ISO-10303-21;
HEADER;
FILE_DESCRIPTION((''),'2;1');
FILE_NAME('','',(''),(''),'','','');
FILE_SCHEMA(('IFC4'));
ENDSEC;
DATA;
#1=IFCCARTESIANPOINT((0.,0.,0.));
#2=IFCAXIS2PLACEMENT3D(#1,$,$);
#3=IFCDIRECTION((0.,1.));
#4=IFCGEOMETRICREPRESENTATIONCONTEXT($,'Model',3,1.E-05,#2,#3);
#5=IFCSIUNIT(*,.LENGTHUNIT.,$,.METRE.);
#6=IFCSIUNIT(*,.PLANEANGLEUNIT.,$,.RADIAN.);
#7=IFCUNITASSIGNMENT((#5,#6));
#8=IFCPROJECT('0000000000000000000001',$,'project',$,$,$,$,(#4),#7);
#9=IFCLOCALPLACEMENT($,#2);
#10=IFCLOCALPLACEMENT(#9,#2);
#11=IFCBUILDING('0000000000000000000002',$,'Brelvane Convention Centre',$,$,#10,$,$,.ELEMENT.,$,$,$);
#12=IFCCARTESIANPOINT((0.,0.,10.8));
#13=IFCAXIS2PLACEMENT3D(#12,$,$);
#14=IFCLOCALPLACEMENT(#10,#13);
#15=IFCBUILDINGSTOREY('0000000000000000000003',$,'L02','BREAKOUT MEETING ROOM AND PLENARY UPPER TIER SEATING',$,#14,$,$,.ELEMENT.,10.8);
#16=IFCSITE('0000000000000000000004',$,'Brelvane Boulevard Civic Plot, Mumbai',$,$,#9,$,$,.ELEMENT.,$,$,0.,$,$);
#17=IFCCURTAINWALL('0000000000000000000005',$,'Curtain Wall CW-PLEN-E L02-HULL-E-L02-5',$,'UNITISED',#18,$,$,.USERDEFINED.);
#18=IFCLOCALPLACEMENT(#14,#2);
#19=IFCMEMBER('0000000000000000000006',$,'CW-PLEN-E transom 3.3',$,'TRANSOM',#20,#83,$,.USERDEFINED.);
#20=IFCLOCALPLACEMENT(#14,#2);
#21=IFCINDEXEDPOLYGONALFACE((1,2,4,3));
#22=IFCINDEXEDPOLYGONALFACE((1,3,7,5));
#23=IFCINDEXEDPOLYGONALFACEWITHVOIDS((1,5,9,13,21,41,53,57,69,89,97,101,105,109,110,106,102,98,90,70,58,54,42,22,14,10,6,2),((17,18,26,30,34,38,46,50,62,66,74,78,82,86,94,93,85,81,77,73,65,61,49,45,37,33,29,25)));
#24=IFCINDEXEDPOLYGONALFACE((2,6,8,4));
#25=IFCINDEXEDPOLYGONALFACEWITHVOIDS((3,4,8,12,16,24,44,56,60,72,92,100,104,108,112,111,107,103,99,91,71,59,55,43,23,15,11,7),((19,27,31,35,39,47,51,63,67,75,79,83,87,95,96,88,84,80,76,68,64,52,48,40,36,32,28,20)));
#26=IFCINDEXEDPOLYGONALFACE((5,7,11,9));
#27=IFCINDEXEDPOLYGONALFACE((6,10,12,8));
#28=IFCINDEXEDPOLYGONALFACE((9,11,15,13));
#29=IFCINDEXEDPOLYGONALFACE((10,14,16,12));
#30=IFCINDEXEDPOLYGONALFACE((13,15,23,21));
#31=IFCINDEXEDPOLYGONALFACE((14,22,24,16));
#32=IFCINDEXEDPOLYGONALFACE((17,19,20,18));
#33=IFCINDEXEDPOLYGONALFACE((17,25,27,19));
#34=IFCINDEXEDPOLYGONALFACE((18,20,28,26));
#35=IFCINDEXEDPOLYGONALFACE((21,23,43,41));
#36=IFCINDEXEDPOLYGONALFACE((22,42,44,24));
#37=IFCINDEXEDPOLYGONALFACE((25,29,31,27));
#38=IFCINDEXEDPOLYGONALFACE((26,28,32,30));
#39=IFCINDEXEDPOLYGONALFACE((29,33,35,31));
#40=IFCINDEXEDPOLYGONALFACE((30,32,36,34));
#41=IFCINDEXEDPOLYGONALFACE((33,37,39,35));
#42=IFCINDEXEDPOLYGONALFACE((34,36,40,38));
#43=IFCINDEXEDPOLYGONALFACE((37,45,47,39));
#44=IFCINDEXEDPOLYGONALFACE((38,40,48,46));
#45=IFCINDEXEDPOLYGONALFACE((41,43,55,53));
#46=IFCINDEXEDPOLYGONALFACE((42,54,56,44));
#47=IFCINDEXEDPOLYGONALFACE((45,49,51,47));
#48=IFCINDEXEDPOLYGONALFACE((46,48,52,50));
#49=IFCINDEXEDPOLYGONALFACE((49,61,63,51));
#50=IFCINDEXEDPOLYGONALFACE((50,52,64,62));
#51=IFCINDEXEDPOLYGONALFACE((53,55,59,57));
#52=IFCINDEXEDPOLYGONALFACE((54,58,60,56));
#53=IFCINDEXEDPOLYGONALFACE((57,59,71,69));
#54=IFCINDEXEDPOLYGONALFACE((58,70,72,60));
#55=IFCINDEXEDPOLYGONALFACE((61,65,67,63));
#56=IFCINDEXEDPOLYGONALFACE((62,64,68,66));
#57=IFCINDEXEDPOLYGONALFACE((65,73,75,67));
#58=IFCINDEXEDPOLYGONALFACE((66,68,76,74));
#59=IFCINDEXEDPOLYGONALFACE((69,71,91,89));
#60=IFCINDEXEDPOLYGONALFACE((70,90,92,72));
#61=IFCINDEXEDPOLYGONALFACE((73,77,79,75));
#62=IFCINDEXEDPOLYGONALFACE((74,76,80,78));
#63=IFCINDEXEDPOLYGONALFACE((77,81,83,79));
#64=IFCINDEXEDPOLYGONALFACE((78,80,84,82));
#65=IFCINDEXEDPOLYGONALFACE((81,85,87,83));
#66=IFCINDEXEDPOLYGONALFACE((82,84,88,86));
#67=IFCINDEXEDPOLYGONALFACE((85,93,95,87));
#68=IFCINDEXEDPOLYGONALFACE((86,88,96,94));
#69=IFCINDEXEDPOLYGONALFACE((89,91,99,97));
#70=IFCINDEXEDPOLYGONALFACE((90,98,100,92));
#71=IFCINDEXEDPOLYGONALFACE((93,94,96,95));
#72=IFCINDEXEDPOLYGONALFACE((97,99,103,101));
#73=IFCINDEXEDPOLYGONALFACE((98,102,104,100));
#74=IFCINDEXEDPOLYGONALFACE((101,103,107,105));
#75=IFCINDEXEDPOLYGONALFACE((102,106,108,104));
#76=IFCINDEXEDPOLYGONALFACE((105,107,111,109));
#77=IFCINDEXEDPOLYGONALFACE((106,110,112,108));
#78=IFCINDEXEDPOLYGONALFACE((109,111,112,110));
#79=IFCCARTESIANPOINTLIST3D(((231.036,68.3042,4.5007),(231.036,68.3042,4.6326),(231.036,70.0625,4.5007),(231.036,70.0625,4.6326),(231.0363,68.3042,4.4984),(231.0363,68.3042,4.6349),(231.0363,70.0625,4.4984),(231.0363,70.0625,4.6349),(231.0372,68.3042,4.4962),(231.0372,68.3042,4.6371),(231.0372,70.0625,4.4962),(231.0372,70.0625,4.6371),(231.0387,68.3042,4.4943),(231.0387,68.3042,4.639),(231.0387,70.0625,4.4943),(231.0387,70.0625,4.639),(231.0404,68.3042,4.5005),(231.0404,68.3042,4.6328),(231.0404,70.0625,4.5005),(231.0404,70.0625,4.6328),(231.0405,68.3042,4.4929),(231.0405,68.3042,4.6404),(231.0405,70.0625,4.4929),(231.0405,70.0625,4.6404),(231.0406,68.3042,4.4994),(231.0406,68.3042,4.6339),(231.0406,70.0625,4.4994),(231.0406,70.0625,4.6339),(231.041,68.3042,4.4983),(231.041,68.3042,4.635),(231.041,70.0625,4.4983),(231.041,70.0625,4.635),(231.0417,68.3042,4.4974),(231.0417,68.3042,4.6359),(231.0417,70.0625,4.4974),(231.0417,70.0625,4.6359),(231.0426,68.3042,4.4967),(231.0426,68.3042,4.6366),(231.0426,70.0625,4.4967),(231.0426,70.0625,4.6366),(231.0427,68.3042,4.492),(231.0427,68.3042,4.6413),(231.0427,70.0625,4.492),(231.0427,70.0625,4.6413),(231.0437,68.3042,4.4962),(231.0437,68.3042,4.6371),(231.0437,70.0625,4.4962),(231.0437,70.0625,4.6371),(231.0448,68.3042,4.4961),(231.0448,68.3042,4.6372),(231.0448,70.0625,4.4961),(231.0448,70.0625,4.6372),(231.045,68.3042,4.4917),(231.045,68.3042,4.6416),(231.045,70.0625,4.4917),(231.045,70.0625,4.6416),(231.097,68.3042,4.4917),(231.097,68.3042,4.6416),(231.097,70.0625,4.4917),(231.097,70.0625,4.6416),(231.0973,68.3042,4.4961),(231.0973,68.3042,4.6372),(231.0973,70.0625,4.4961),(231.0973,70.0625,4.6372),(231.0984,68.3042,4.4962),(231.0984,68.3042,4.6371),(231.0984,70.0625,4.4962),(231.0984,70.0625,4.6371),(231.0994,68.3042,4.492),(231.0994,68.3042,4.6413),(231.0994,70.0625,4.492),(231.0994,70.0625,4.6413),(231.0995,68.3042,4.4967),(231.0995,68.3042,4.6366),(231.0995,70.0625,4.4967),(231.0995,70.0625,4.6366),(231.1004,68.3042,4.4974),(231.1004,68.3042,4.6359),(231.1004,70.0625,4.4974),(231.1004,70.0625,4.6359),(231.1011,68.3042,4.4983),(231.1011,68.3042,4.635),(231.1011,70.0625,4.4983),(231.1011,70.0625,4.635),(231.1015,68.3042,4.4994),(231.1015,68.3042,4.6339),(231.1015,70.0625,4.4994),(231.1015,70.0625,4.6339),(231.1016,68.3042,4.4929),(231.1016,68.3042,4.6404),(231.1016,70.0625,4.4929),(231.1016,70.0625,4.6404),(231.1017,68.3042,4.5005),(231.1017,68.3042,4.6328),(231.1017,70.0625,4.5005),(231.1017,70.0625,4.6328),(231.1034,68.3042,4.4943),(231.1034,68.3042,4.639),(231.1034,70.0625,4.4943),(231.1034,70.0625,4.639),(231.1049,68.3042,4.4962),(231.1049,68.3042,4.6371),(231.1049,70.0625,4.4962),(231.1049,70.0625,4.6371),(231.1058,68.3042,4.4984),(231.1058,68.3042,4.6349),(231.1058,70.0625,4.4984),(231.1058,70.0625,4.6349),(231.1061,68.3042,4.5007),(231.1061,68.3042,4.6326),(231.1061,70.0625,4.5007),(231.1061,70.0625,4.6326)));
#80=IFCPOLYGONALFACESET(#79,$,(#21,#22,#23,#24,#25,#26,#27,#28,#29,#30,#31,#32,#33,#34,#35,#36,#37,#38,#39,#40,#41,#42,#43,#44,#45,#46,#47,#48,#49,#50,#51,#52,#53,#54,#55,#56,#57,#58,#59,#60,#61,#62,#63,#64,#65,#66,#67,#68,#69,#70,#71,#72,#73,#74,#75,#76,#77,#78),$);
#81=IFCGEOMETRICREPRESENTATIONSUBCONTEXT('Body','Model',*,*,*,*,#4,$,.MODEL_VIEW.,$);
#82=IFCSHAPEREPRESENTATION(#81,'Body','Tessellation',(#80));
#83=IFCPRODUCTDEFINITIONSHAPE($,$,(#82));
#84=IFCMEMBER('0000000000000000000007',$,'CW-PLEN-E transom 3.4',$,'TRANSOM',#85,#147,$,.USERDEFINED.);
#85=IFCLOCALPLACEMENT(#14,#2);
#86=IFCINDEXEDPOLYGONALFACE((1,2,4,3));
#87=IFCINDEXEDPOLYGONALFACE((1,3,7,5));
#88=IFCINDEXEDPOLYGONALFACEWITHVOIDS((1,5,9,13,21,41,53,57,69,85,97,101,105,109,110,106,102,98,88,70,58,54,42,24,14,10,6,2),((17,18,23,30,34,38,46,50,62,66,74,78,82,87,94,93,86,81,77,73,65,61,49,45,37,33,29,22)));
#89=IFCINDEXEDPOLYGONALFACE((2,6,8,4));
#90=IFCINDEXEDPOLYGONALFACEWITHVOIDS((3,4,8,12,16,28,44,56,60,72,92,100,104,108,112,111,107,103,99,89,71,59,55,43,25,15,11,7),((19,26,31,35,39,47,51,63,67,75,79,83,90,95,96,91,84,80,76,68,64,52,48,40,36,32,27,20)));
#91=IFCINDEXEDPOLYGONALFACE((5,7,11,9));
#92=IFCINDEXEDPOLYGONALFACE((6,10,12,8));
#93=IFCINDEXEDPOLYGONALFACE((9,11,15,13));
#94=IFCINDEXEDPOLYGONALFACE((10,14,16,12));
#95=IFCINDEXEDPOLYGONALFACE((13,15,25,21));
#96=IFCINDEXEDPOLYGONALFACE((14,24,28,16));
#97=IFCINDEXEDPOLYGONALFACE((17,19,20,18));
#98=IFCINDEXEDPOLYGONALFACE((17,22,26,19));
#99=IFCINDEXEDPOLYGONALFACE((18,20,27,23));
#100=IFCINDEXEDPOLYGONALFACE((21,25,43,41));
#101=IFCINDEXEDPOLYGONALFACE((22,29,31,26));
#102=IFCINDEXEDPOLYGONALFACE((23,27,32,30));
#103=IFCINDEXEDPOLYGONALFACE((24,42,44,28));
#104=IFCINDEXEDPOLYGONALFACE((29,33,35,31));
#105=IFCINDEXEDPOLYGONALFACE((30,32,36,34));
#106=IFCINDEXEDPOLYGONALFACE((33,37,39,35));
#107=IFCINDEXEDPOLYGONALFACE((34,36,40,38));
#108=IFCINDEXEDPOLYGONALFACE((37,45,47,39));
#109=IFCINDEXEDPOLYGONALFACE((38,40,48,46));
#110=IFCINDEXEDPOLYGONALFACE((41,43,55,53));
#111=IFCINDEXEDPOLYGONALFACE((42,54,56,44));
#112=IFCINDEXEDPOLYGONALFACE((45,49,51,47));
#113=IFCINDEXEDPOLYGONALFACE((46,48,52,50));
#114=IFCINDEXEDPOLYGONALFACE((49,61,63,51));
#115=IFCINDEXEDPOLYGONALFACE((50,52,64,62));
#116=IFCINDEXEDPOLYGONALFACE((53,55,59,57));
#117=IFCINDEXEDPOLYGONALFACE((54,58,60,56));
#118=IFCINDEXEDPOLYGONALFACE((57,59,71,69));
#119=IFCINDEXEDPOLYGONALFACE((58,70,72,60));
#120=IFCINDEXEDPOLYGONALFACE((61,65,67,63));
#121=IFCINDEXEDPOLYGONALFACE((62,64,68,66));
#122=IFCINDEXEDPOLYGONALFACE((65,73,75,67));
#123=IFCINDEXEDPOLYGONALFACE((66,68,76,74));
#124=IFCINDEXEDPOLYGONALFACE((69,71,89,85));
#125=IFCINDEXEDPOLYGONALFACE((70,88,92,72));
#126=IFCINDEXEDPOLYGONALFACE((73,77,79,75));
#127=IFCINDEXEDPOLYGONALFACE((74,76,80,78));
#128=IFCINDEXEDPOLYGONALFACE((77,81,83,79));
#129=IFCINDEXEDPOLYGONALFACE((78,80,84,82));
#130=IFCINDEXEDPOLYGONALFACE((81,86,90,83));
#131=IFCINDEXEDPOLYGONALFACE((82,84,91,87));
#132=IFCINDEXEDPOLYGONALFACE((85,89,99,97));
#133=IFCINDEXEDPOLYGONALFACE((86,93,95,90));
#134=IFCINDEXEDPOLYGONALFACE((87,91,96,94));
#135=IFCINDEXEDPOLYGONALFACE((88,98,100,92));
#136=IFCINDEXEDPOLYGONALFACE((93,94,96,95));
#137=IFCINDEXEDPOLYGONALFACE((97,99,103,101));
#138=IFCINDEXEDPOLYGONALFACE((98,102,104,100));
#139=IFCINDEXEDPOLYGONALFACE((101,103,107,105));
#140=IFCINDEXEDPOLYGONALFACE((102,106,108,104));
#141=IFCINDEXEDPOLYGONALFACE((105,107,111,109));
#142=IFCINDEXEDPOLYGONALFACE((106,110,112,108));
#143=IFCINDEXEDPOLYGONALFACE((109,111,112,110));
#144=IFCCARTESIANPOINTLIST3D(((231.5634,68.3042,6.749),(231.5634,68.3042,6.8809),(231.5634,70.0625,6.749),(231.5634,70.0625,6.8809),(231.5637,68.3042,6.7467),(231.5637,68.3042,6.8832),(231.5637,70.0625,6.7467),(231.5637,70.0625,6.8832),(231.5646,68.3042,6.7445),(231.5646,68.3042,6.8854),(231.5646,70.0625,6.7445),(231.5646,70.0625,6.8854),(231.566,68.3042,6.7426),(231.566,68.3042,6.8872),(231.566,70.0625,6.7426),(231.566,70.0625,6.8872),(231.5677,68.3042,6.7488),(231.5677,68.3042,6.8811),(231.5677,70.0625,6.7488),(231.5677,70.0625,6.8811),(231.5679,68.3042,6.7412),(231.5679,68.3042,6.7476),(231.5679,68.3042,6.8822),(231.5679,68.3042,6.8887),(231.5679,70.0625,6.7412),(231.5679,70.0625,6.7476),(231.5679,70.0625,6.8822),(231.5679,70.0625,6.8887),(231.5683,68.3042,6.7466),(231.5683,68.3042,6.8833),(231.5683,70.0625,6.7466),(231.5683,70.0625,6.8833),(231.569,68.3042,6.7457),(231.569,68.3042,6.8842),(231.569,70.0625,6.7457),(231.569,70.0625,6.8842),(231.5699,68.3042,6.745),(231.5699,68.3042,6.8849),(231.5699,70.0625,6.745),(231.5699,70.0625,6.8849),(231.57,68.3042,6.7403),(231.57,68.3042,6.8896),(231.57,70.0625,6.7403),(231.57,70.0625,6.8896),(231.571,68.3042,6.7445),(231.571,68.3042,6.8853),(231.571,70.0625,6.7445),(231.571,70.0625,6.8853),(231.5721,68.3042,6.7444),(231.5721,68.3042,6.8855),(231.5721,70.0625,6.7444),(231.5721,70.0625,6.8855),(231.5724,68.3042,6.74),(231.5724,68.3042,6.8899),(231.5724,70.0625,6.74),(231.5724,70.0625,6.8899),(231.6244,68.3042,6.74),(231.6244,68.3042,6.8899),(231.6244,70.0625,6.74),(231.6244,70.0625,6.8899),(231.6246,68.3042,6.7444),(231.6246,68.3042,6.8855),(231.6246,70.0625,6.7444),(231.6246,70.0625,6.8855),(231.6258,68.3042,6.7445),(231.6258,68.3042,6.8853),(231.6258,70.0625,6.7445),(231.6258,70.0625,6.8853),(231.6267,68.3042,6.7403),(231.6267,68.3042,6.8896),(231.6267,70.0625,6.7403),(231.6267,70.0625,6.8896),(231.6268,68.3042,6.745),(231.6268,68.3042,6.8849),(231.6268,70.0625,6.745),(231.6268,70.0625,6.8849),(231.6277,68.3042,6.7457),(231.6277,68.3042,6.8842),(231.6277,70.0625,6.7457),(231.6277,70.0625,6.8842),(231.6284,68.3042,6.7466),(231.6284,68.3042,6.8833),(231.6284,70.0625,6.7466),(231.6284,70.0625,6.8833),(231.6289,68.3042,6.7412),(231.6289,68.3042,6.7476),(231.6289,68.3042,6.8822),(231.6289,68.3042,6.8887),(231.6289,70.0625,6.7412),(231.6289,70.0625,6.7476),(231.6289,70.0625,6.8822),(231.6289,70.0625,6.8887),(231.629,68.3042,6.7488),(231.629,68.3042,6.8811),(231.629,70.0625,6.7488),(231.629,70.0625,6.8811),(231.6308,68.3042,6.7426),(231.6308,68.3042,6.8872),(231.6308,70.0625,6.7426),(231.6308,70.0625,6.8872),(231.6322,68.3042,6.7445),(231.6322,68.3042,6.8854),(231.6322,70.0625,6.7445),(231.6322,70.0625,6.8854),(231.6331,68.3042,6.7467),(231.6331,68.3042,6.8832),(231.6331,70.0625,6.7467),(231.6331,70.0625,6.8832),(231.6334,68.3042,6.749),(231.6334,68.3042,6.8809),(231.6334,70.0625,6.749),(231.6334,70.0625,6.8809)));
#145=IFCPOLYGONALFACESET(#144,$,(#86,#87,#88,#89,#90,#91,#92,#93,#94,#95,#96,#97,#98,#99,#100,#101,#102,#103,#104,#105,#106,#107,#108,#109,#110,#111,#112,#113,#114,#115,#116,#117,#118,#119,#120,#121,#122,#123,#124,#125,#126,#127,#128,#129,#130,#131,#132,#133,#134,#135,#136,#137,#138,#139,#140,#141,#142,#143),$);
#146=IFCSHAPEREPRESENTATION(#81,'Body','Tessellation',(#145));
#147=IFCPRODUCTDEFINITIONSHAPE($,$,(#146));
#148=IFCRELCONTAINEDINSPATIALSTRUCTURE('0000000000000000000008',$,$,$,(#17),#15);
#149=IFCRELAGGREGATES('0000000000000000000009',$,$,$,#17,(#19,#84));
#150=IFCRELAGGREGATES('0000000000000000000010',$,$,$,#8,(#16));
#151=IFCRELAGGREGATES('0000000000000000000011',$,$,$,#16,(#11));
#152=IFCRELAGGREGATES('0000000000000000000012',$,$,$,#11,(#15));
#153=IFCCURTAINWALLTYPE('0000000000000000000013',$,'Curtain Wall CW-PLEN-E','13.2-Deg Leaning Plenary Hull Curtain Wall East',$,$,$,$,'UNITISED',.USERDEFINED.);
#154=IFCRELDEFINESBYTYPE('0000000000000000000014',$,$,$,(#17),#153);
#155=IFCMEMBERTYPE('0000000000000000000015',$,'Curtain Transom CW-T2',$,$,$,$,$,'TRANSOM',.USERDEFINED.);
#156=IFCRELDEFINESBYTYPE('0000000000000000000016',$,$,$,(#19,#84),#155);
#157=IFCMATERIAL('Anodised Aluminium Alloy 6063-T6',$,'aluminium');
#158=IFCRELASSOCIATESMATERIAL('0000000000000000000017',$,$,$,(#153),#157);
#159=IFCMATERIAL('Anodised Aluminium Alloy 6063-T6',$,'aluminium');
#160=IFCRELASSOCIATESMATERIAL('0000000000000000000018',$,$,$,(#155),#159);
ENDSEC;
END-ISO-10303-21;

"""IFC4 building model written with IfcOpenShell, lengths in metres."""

from ifc_helpers import new_model, si_unit, direction, frame, origin, origin_2d, place, context, subcontext, project, spatial, hollow_rectangle, extrude, material, material_profile, profile_set, type_object, element, aggregate, save


model = new_model("IFC4")

# Units and contexts
model_context = context("Model", 3, precision=1e-05, world=origin(), true_north=direction((0.0, 1.0)))
body_context = subcontext(model_context, "Body", "Model", "MODEL_VIEW")
ifc_project = project(units=[si_unit("LENGTHUNIT", "METRE"), si_unit("PLANEANGLEUNIT", "RADIAN")], contexts=[model_context])

# Site, building, storey
site_placement = place(None, origin())
site = spatial("IfcSite", under=ifc_project, at=site_placement, Name="Brelvane Boulevard Civic Plot, Mumbai", CompositionType="ELEMENT", RefElevation=0.0)
building_placement = place(site_placement, origin())
building = spatial("IfcBuilding", under=site, at=building_placement, Name="Brelvane Convention Centre", CompositionType="ELEMENT")
storey_placement = place(building_placement, frame((0.0, 0.0, 10.8)))
storey = spatial("IfcBuildingStorey", under=building, at=storey_placement, Name="L02", Description="BREAKOUT MEETING ROOM AND PLENARY UPPER TIER SEATING", CompositionType="ELEMENT", Elevation=10.8)

# Curtain wall, members
ifc_material_1 = material(Name="Anodised Aluminium Alloy 6063-T6", Category="aluminium")
curtain_wall_type = type_object("IfcCurtainWallType", Name="Curtain Wall CW-PLEN-E", Description="13.2-Deg Leaning Plenary Hull Curtain Wall East", ElementType="UNITISED", PredefinedType="USERDEFINED", material=ifc_material_1)
curtain_wall_1_placement = place(storey_placement, origin())
curtain_wall_1 = element("IfcCurtainWall", 1, at=curtain_wall_1_placement, inside=storey, type_object=curtain_wall_type, Name="Curtain Wall CW-PLEN-E L02-HULL-E-L02-5", ObjectType="UNITISED", PredefinedType="USERDEFINED")
ifc_material_2 = material(Name="Anodised Aluminium Alloy 6063-T6", Category="aluminium")
ifc_material_profile = material_profile(ifc_material_2, hollow_rectangle(XDim=0.0701, YDim=0.1499, WallThickness=0.0044, InnerFilletRadius=0.0044, OuterFilletRadius=0.009, at=origin_2d()), Name="ALU-T 150x70x4.5")
ifc_profile_set = profile_set([ifc_material_profile], Name="Anodised Aluminium Alloy 6063-T6")
member_type = type_object("IfcMemberType", Name="Curtain Transom CW-T2", ElementType="TRANSOM", PredefinedType="USERDEFINED", material=ifc_profile_set)
member_1_placement = place(storey_placement, frame((231.071, 68.3042, 4.5667), z_axis=(0.0, 1.0, 0.0), x_axis=(-1.0, 0.0, 0.0)))
member_1 = element("IfcMember", 2, at=member_1_placement, type_object=member_type, Name="CW-PLEN-E transom 3.3", ObjectType="TRANSOM", PredefinedType="USERDEFINED", context=body_context, shape_type="SweptSolid", body=[
    extrude(hollow_rectangle(XDim=0.0701, YDim=0.1499, WallThickness=0.0044, InnerFilletRadius=0.0044, OuterFilletRadius=0.009, at=origin_2d()), origin(), (0.0, 0.0, 1.0), 1.7583),
])
member_2_placement = place(storey_placement, frame((231.5984, 68.3042, 6.8149), z_axis=(0.0, 1.0, 0.0), x_axis=(-1.0, 0.0, 0.0)))
member_2 = element("IfcMember", 3, at=member_2_placement, type_object=member_type, Name="CW-PLEN-E transom 3.4", ObjectType="TRANSOM", PredefinedType="USERDEFINED", context=body_context, shape_type="SweptSolid", body=[
    extrude(hollow_rectangle(XDim=0.0701, YDim=0.1499, WallThickness=0.0044, InnerFilletRadius=0.0044, OuterFilletRadius=0.009, at=origin_2d()), origin(), (0.0, 0.0, 1.0), 1.7583),
])

aggregate(curtain_wall_1, [member_1, member_2])

save(model, "model.ifc")
